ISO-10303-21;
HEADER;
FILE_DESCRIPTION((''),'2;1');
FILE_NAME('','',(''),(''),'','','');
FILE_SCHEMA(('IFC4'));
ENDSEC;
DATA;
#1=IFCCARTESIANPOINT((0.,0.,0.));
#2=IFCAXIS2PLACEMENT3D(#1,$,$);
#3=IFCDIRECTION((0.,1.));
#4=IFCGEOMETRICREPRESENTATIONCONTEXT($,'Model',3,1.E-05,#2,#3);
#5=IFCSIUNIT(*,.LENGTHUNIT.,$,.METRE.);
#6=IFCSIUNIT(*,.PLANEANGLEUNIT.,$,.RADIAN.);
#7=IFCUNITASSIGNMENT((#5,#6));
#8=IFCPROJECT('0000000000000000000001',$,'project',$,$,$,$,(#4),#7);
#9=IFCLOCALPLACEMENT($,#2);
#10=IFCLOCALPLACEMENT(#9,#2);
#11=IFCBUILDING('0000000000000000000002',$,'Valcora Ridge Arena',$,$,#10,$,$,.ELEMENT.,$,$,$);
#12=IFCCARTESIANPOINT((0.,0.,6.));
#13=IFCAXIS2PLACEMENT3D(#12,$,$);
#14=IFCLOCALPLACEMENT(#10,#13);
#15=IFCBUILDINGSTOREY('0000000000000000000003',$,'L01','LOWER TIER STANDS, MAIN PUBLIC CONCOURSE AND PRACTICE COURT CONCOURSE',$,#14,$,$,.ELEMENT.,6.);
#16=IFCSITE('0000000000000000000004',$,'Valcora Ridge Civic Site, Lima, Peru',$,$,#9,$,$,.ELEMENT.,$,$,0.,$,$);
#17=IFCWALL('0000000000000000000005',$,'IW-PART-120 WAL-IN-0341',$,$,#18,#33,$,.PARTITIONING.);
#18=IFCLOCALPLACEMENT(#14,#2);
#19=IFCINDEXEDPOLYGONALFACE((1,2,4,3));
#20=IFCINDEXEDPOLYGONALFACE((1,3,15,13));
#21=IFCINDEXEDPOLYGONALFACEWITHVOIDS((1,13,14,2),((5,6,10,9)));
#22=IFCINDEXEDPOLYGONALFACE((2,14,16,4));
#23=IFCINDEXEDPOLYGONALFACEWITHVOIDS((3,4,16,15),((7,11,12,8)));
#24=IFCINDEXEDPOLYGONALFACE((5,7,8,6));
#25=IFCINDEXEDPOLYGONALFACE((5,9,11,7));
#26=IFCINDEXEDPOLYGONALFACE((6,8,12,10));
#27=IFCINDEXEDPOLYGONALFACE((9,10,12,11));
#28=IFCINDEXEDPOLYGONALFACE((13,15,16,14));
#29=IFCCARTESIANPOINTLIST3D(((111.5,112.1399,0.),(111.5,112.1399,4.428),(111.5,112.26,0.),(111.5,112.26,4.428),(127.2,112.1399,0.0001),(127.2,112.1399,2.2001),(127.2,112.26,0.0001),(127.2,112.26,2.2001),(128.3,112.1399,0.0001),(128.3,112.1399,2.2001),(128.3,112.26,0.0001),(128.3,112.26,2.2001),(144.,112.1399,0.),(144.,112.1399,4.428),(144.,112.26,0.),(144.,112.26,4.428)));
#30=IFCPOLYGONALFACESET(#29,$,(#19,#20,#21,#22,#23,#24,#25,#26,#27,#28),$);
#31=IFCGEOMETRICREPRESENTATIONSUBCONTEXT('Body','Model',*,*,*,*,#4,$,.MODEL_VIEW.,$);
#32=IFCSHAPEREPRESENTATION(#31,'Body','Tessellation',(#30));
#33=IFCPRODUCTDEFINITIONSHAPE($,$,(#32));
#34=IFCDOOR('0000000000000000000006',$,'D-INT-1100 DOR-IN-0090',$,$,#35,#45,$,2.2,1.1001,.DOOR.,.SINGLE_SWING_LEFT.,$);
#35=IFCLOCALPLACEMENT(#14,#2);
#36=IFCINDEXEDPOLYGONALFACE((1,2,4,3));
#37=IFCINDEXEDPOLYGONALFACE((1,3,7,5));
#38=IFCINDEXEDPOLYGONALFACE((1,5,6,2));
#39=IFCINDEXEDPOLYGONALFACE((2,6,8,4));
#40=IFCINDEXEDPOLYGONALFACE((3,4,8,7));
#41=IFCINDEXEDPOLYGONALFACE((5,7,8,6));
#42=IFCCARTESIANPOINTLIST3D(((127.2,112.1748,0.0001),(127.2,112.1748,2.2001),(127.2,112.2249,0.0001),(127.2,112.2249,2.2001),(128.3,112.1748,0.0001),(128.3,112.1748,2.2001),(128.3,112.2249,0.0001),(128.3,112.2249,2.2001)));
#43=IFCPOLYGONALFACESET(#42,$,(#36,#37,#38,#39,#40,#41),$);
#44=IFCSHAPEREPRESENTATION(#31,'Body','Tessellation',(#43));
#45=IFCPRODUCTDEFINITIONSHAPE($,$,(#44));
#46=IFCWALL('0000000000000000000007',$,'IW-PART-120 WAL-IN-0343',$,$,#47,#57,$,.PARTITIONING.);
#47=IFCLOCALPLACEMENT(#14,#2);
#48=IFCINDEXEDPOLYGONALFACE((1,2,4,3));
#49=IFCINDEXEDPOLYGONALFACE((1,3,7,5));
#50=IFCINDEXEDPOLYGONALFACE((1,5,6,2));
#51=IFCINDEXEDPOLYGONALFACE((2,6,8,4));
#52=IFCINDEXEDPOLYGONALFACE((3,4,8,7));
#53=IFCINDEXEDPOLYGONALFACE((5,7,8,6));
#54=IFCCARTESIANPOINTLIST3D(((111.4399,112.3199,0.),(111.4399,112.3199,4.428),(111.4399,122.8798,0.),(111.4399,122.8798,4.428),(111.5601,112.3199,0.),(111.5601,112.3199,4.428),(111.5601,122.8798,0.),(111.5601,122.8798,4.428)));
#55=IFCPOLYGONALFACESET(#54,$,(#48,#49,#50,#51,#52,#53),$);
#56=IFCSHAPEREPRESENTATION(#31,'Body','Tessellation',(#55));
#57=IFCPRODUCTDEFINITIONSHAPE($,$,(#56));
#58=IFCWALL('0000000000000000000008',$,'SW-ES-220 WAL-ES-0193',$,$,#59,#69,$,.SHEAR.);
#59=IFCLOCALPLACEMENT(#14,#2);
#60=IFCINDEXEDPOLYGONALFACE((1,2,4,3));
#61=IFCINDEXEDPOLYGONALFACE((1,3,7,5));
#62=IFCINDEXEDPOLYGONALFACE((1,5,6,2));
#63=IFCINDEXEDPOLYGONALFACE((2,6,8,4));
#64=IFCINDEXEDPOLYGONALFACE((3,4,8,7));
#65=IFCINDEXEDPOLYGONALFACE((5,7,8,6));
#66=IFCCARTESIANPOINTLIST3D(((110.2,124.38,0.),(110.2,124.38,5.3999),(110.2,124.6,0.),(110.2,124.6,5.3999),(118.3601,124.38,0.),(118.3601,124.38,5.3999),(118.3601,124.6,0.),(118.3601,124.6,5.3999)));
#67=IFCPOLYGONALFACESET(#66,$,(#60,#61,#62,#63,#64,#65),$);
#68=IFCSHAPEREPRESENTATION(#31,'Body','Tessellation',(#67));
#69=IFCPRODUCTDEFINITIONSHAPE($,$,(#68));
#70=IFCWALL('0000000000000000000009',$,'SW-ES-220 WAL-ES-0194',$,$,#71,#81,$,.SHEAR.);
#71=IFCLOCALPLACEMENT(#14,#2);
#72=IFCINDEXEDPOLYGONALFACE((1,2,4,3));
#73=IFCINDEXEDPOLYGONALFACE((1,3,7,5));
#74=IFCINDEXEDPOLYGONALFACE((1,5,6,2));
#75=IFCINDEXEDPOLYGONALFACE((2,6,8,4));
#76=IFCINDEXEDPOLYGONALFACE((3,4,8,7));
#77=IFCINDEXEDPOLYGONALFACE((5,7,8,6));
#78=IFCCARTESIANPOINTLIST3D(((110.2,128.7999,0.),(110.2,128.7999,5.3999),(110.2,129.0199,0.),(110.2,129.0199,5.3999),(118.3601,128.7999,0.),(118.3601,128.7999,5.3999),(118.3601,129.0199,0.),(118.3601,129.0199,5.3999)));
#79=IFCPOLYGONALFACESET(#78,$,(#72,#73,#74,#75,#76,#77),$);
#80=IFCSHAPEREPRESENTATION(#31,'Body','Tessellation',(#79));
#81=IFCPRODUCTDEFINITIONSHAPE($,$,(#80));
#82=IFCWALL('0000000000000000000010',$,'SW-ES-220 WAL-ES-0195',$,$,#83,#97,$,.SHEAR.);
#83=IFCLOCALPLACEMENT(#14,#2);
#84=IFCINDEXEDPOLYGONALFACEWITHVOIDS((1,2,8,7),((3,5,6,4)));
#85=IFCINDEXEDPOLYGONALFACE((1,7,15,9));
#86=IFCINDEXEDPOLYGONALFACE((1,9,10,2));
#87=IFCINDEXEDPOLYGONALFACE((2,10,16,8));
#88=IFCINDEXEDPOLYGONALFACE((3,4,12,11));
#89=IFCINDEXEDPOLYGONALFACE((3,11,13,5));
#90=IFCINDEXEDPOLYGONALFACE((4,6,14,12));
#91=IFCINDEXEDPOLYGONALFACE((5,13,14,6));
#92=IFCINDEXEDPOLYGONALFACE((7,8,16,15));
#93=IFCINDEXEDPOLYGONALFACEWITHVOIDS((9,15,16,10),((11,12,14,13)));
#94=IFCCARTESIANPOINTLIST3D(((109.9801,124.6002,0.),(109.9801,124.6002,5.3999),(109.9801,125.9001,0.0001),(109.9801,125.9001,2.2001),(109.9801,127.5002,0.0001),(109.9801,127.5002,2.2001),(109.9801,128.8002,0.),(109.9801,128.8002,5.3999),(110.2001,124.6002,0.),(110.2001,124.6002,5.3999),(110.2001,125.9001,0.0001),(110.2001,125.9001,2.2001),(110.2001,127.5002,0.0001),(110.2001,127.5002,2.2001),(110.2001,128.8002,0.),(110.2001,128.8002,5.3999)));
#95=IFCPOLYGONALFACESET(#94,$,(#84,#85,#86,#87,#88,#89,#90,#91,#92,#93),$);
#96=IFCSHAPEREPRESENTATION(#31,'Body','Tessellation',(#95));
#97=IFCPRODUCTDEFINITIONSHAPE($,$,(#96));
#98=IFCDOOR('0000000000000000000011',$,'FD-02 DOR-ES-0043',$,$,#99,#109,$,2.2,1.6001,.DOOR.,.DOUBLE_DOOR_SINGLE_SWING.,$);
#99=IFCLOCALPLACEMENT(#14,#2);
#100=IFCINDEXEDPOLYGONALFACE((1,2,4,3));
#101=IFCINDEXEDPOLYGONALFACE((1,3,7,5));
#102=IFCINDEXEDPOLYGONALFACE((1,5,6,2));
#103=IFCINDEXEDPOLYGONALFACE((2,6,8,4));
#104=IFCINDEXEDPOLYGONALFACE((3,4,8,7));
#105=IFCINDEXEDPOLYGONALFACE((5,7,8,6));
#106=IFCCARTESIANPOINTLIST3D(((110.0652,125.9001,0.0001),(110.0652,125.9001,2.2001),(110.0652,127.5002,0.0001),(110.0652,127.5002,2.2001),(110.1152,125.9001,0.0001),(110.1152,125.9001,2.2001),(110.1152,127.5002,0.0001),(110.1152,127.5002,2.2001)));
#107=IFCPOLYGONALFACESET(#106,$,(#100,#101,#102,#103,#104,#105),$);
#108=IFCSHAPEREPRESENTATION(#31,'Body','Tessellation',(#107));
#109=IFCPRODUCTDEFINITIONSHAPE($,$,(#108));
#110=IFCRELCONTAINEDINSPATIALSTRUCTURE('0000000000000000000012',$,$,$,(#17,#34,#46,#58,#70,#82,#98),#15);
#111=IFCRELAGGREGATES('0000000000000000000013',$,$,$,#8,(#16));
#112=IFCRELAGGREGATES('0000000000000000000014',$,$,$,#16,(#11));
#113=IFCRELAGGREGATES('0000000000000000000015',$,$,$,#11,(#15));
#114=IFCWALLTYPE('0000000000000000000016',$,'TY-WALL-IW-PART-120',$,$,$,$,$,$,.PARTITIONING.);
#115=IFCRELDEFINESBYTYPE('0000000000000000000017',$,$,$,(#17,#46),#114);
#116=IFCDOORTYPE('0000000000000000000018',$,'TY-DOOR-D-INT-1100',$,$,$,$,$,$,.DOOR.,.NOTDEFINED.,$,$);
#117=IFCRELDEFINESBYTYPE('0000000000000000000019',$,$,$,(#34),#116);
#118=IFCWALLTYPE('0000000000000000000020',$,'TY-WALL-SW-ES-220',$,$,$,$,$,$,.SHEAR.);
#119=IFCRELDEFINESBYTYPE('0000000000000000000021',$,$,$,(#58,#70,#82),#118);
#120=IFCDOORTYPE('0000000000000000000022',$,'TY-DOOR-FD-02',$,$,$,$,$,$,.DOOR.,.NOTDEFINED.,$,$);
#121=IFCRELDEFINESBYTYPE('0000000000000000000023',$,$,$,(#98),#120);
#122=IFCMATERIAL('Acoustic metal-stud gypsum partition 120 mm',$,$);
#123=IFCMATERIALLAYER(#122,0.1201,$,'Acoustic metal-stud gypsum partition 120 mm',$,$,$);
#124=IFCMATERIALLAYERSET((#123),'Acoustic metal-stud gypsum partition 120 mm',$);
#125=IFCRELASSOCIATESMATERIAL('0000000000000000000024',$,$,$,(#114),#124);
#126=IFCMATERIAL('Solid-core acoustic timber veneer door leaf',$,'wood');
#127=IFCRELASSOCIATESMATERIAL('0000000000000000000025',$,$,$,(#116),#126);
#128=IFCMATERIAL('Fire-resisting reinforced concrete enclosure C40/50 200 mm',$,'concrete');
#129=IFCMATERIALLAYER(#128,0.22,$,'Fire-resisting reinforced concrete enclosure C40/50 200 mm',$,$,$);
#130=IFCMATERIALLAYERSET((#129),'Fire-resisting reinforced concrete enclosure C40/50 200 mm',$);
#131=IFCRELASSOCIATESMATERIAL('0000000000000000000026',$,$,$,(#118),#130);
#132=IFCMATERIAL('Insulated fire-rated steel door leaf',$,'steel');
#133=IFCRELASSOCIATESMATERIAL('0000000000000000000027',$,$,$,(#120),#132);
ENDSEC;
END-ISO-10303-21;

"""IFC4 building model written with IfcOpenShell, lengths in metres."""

from ifc_helpers import new_model, si_unit, direction, frame, frame_2d, origin, place, context, subcontext, project, spatial, rectangle, extrude, material, layer, layer_set, type_object, element, fill, save


model = new_model("IFC4")

# Units and contexts
model_context = context("Model", 3, precision=1e-05, world=origin(), true_north=direction((0.0, 1.0)))
body_context = subcontext(model_context, "Body", "Model", "MODEL_VIEW")
ifc_project = project(units=[si_unit("LENGTHUNIT", "METRE"), si_unit("PLANEANGLEUNIT", "RADIAN")], contexts=[model_context])

# Site, building, storey
site_placement = place(None, origin())
site = spatial("IfcSite", under=ifc_project, at=site_placement, Name="Valcora Ridge Civic Site, Lima, Peru", CompositionType="ELEMENT", RefElevation=0.0)
building_placement = place(site_placement, origin())
building = spatial("IfcBuilding", under=site, at=building_placement, Name="Valcora Ridge Arena", CompositionType="ELEMENT")
storey_placement = place(building_placement, frame((0.0, 0.0, 6.0)))
storey = spatial("IfcBuildingStorey", under=building, at=storey_placement, Name="L01", Description="LOWER TIER STANDS, MAIN PUBLIC CONCOURSE AND PRACTICE COURT CONCOURSE", CompositionType="ELEMENT", Elevation=6.0)

# Wall, opening, door
ifc_material_1 = material(Name="Acoustic metal-stud gypsum partition 120 mm")
ifc_layer_1 = layer(ifc_material_1, 0.1201, Name="Acoustic metal-stud gypsum partition 120 mm")
ifc_layer_set_1 = layer_set([ifc_layer_1], Name="Acoustic metal-stud gypsum partition 120 mm")
wall_type_1 = type_object("IfcWallType", Name="TY-WALL-IW-PART-120", PredefinedType="PARTITIONING", material=ifc_layer_set_1)
wall_1_placement = place(storey_placement, frame((111.5, 112.2, 0.0), z_axis=(0.0, 0.0, 1.0), x_axis=(1.0, 0.0, 0.0)))
wall_1 = element("IfcWall", 1, at=wall_1_placement, inside=storey, type_object=wall_type_1, Name="IW-PART-120 WAL-IN-0341", PredefinedType="PARTITIONING", context=body_context, shape_type="SweptSolid", body=[
    extrude(rectangle(XDim=32.5, YDim=0.1201, at=frame_2d((16.25, 0.0))), origin(), (0.0, 0.0, 1.0), 4.428),
])
opening_1_placement = place(wall_1_placement, frame((15.7, 0.0, 0.0)))
opening_1 = element("IfcOpeningElement", 2, at=opening_1_placement, cuts=wall_1, PredefinedType="OPENING", context=body_context, shape_type="SweptSolid", body=[
    extrude(rectangle(XDim=1.1001, YDim=2.2, at=frame_2d((0.55, 1.1001))), frame((0.0, 0.0701, 0.0), z_axis=(0.0, -1.0, 0.0), x_axis=(1.0, 0.0, 0.0)), (0.0, 0.0, 1.0), 0.1401),
])
ifc_material_2 = material(Name="Solid-core acoustic timber veneer door leaf", Category="wood")
door_type_1 = type_object("IfcDoorType", Name="TY-DOOR-D-INT-1100", OperationType="NOTDEFINED", PredefinedType="DOOR", material=ifc_material_2)
door_1_placement = place(opening_1_placement, origin())
door_1 = element("IfcDoor", 3, at=door_1_placement, inside=storey, type_object=door_type_1, Name="D-INT-1100 DOR-IN-0090", OperationType="SINGLE_SWING_LEFT", OverallHeight=2.2, OverallWidth=1.1001, PredefinedType="DOOR", context=body_context, shape_type="SweptSolid", body=[
    extrude(rectangle(XDim=1.1001, YDim=2.2, at=frame_2d((0.55, 1.1001))), frame((0.0, 0.0249, 0.0), z_axis=(0.0, -1.0, 0.0), x_axis=(1.0, 0.0, 0.0)), (0.0, 0.0, 1.0), 0.05),
])
fill(opening_1, door_1)

# Walls
wall_2_placement = place(storey_placement, frame((111.5, 112.3201, 0.0), z_axis=(0.0, 0.0, 1.0), x_axis=(0.0, 1.0, 0.0)))
element("IfcWall", 4, at=wall_2_placement, inside=storey, type_object=wall_type_1, Name="IW-PART-120 WAL-IN-0343", PredefinedType="PARTITIONING", context=body_context, shape_type="SweptSolid", body=[
    extrude(rectangle(XDim=10.5598, YDim=0.1201, at=frame_2d((5.2798, 0.0))), origin(), (0.0, 0.0, 1.0), 4.428),
])
ifc_material_3 = material(Name="Fire-resisting reinforced concrete enclosure C40/50 200 mm", Category="concrete")
ifc_layer_2 = layer(ifc_material_3, 0.22, Name="Fire-resisting reinforced concrete enclosure C40/50 200 mm")
ifc_layer_set_2 = layer_set([ifc_layer_2], Name="Fire-resisting reinforced concrete enclosure C40/50 200 mm")
wall_type_2 = type_object("IfcWallType", Name="TY-WALL-SW-ES-220", PredefinedType="SHEAR", material=ifc_layer_set_2)
for number, where, z_axis, x_axis, name in (
    (5, (110.2, 124.49, 0.0), (0.0, 0.0, 1.0), (1.0, 0.0, 0.0), "SW-ES-220 WAL-ES-0193"),
    (6, (110.2, 128.9099, 0.0), (0.0, 0.0, 1.0), (1.0, 0.0, 0.0), "SW-ES-220 WAL-ES-0194"),
):
    element("IfcWall", number, at=place(storey_placement, frame(where, z_axis=z_axis, x_axis=x_axis)), inside=storey, type_object=wall_type_2, Name=name, PredefinedType="SHEAR", context=body_context, shape_type="SweptSolid", body=[
        extrude(rectangle(XDim=8.1602, YDim=0.22, at=frame_2d((4.0801, 0.0))), origin(), (0.0, 0.0, 1.0), 5.3999),
    ])

# Wall, opening, door
wall_3_placement = place(storey_placement, frame((110.0901, 124.6001, 0.0), z_axis=(0.0, 0.0, 1.0), x_axis=(0.0, 1.0, 0.0)))
wall_3 = element("IfcWall", 7, at=wall_3_placement, inside=storey, type_object=wall_type_2, Name="SW-ES-220 WAL-ES-0195", PredefinedType="SHEAR", context=body_context, shape_type="SweptSolid", body=[
    extrude(rectangle(XDim=4.2, YDim=0.22, at=frame_2d((2.1001, 0.0))), origin(), (0.0, 0.0, 1.0), 5.3999),
])
opening_2_placement = place(wall_3_placement, frame((1.3, 0.0, 0.0)))
opening_2 = element("IfcOpeningElement", 8, at=opening_2_placement, cuts=wall_3, PredefinedType="OPENING", context=body_context, shape_type="SweptSolid", body=[
    extrude(rectangle(XDim=1.6001, YDim=2.2, at=frame_2d((0.8, 1.1001))), frame((0.0, 0.1199, 0.0), z_axis=(0.0, -1.0, 0.0), x_axis=(1.0, 0.0, 0.0)), (0.0, 0.0, 1.0), 0.24),
])
ifc_material_4 = material(Name="Insulated fire-rated steel door leaf", Category="steel")
door_type_2 = type_object("IfcDoorType", Name="TY-DOOR-FD-02", OperationType="NOTDEFINED", PredefinedType="DOOR", material=ifc_material_4)
door_2_placement = place(opening_2_placement, origin())
door_2 = element("IfcDoor", 9, at=door_2_placement, inside=storey, type_object=door_type_2, Name="FD-02 DOR-ES-0043", OperationType="DOUBLE_DOOR_SINGLE_SWING", OverallHeight=2.2, OverallWidth=1.6001, PredefinedType="DOOR", context=body_context, shape_type="SweptSolid", body=[
    extrude(rectangle(XDim=1.6001, YDim=2.2, at=frame_2d((0.8, 1.1001))), frame((0.0, 0.0249, 0.0), z_axis=(0.0, -1.0, 0.0), x_axis=(1.0, 0.0, 0.0)), (0.0, 0.0, 1.0), 0.05),
])
fill(opening_2, door_2)

save(model, "model.ifc")
